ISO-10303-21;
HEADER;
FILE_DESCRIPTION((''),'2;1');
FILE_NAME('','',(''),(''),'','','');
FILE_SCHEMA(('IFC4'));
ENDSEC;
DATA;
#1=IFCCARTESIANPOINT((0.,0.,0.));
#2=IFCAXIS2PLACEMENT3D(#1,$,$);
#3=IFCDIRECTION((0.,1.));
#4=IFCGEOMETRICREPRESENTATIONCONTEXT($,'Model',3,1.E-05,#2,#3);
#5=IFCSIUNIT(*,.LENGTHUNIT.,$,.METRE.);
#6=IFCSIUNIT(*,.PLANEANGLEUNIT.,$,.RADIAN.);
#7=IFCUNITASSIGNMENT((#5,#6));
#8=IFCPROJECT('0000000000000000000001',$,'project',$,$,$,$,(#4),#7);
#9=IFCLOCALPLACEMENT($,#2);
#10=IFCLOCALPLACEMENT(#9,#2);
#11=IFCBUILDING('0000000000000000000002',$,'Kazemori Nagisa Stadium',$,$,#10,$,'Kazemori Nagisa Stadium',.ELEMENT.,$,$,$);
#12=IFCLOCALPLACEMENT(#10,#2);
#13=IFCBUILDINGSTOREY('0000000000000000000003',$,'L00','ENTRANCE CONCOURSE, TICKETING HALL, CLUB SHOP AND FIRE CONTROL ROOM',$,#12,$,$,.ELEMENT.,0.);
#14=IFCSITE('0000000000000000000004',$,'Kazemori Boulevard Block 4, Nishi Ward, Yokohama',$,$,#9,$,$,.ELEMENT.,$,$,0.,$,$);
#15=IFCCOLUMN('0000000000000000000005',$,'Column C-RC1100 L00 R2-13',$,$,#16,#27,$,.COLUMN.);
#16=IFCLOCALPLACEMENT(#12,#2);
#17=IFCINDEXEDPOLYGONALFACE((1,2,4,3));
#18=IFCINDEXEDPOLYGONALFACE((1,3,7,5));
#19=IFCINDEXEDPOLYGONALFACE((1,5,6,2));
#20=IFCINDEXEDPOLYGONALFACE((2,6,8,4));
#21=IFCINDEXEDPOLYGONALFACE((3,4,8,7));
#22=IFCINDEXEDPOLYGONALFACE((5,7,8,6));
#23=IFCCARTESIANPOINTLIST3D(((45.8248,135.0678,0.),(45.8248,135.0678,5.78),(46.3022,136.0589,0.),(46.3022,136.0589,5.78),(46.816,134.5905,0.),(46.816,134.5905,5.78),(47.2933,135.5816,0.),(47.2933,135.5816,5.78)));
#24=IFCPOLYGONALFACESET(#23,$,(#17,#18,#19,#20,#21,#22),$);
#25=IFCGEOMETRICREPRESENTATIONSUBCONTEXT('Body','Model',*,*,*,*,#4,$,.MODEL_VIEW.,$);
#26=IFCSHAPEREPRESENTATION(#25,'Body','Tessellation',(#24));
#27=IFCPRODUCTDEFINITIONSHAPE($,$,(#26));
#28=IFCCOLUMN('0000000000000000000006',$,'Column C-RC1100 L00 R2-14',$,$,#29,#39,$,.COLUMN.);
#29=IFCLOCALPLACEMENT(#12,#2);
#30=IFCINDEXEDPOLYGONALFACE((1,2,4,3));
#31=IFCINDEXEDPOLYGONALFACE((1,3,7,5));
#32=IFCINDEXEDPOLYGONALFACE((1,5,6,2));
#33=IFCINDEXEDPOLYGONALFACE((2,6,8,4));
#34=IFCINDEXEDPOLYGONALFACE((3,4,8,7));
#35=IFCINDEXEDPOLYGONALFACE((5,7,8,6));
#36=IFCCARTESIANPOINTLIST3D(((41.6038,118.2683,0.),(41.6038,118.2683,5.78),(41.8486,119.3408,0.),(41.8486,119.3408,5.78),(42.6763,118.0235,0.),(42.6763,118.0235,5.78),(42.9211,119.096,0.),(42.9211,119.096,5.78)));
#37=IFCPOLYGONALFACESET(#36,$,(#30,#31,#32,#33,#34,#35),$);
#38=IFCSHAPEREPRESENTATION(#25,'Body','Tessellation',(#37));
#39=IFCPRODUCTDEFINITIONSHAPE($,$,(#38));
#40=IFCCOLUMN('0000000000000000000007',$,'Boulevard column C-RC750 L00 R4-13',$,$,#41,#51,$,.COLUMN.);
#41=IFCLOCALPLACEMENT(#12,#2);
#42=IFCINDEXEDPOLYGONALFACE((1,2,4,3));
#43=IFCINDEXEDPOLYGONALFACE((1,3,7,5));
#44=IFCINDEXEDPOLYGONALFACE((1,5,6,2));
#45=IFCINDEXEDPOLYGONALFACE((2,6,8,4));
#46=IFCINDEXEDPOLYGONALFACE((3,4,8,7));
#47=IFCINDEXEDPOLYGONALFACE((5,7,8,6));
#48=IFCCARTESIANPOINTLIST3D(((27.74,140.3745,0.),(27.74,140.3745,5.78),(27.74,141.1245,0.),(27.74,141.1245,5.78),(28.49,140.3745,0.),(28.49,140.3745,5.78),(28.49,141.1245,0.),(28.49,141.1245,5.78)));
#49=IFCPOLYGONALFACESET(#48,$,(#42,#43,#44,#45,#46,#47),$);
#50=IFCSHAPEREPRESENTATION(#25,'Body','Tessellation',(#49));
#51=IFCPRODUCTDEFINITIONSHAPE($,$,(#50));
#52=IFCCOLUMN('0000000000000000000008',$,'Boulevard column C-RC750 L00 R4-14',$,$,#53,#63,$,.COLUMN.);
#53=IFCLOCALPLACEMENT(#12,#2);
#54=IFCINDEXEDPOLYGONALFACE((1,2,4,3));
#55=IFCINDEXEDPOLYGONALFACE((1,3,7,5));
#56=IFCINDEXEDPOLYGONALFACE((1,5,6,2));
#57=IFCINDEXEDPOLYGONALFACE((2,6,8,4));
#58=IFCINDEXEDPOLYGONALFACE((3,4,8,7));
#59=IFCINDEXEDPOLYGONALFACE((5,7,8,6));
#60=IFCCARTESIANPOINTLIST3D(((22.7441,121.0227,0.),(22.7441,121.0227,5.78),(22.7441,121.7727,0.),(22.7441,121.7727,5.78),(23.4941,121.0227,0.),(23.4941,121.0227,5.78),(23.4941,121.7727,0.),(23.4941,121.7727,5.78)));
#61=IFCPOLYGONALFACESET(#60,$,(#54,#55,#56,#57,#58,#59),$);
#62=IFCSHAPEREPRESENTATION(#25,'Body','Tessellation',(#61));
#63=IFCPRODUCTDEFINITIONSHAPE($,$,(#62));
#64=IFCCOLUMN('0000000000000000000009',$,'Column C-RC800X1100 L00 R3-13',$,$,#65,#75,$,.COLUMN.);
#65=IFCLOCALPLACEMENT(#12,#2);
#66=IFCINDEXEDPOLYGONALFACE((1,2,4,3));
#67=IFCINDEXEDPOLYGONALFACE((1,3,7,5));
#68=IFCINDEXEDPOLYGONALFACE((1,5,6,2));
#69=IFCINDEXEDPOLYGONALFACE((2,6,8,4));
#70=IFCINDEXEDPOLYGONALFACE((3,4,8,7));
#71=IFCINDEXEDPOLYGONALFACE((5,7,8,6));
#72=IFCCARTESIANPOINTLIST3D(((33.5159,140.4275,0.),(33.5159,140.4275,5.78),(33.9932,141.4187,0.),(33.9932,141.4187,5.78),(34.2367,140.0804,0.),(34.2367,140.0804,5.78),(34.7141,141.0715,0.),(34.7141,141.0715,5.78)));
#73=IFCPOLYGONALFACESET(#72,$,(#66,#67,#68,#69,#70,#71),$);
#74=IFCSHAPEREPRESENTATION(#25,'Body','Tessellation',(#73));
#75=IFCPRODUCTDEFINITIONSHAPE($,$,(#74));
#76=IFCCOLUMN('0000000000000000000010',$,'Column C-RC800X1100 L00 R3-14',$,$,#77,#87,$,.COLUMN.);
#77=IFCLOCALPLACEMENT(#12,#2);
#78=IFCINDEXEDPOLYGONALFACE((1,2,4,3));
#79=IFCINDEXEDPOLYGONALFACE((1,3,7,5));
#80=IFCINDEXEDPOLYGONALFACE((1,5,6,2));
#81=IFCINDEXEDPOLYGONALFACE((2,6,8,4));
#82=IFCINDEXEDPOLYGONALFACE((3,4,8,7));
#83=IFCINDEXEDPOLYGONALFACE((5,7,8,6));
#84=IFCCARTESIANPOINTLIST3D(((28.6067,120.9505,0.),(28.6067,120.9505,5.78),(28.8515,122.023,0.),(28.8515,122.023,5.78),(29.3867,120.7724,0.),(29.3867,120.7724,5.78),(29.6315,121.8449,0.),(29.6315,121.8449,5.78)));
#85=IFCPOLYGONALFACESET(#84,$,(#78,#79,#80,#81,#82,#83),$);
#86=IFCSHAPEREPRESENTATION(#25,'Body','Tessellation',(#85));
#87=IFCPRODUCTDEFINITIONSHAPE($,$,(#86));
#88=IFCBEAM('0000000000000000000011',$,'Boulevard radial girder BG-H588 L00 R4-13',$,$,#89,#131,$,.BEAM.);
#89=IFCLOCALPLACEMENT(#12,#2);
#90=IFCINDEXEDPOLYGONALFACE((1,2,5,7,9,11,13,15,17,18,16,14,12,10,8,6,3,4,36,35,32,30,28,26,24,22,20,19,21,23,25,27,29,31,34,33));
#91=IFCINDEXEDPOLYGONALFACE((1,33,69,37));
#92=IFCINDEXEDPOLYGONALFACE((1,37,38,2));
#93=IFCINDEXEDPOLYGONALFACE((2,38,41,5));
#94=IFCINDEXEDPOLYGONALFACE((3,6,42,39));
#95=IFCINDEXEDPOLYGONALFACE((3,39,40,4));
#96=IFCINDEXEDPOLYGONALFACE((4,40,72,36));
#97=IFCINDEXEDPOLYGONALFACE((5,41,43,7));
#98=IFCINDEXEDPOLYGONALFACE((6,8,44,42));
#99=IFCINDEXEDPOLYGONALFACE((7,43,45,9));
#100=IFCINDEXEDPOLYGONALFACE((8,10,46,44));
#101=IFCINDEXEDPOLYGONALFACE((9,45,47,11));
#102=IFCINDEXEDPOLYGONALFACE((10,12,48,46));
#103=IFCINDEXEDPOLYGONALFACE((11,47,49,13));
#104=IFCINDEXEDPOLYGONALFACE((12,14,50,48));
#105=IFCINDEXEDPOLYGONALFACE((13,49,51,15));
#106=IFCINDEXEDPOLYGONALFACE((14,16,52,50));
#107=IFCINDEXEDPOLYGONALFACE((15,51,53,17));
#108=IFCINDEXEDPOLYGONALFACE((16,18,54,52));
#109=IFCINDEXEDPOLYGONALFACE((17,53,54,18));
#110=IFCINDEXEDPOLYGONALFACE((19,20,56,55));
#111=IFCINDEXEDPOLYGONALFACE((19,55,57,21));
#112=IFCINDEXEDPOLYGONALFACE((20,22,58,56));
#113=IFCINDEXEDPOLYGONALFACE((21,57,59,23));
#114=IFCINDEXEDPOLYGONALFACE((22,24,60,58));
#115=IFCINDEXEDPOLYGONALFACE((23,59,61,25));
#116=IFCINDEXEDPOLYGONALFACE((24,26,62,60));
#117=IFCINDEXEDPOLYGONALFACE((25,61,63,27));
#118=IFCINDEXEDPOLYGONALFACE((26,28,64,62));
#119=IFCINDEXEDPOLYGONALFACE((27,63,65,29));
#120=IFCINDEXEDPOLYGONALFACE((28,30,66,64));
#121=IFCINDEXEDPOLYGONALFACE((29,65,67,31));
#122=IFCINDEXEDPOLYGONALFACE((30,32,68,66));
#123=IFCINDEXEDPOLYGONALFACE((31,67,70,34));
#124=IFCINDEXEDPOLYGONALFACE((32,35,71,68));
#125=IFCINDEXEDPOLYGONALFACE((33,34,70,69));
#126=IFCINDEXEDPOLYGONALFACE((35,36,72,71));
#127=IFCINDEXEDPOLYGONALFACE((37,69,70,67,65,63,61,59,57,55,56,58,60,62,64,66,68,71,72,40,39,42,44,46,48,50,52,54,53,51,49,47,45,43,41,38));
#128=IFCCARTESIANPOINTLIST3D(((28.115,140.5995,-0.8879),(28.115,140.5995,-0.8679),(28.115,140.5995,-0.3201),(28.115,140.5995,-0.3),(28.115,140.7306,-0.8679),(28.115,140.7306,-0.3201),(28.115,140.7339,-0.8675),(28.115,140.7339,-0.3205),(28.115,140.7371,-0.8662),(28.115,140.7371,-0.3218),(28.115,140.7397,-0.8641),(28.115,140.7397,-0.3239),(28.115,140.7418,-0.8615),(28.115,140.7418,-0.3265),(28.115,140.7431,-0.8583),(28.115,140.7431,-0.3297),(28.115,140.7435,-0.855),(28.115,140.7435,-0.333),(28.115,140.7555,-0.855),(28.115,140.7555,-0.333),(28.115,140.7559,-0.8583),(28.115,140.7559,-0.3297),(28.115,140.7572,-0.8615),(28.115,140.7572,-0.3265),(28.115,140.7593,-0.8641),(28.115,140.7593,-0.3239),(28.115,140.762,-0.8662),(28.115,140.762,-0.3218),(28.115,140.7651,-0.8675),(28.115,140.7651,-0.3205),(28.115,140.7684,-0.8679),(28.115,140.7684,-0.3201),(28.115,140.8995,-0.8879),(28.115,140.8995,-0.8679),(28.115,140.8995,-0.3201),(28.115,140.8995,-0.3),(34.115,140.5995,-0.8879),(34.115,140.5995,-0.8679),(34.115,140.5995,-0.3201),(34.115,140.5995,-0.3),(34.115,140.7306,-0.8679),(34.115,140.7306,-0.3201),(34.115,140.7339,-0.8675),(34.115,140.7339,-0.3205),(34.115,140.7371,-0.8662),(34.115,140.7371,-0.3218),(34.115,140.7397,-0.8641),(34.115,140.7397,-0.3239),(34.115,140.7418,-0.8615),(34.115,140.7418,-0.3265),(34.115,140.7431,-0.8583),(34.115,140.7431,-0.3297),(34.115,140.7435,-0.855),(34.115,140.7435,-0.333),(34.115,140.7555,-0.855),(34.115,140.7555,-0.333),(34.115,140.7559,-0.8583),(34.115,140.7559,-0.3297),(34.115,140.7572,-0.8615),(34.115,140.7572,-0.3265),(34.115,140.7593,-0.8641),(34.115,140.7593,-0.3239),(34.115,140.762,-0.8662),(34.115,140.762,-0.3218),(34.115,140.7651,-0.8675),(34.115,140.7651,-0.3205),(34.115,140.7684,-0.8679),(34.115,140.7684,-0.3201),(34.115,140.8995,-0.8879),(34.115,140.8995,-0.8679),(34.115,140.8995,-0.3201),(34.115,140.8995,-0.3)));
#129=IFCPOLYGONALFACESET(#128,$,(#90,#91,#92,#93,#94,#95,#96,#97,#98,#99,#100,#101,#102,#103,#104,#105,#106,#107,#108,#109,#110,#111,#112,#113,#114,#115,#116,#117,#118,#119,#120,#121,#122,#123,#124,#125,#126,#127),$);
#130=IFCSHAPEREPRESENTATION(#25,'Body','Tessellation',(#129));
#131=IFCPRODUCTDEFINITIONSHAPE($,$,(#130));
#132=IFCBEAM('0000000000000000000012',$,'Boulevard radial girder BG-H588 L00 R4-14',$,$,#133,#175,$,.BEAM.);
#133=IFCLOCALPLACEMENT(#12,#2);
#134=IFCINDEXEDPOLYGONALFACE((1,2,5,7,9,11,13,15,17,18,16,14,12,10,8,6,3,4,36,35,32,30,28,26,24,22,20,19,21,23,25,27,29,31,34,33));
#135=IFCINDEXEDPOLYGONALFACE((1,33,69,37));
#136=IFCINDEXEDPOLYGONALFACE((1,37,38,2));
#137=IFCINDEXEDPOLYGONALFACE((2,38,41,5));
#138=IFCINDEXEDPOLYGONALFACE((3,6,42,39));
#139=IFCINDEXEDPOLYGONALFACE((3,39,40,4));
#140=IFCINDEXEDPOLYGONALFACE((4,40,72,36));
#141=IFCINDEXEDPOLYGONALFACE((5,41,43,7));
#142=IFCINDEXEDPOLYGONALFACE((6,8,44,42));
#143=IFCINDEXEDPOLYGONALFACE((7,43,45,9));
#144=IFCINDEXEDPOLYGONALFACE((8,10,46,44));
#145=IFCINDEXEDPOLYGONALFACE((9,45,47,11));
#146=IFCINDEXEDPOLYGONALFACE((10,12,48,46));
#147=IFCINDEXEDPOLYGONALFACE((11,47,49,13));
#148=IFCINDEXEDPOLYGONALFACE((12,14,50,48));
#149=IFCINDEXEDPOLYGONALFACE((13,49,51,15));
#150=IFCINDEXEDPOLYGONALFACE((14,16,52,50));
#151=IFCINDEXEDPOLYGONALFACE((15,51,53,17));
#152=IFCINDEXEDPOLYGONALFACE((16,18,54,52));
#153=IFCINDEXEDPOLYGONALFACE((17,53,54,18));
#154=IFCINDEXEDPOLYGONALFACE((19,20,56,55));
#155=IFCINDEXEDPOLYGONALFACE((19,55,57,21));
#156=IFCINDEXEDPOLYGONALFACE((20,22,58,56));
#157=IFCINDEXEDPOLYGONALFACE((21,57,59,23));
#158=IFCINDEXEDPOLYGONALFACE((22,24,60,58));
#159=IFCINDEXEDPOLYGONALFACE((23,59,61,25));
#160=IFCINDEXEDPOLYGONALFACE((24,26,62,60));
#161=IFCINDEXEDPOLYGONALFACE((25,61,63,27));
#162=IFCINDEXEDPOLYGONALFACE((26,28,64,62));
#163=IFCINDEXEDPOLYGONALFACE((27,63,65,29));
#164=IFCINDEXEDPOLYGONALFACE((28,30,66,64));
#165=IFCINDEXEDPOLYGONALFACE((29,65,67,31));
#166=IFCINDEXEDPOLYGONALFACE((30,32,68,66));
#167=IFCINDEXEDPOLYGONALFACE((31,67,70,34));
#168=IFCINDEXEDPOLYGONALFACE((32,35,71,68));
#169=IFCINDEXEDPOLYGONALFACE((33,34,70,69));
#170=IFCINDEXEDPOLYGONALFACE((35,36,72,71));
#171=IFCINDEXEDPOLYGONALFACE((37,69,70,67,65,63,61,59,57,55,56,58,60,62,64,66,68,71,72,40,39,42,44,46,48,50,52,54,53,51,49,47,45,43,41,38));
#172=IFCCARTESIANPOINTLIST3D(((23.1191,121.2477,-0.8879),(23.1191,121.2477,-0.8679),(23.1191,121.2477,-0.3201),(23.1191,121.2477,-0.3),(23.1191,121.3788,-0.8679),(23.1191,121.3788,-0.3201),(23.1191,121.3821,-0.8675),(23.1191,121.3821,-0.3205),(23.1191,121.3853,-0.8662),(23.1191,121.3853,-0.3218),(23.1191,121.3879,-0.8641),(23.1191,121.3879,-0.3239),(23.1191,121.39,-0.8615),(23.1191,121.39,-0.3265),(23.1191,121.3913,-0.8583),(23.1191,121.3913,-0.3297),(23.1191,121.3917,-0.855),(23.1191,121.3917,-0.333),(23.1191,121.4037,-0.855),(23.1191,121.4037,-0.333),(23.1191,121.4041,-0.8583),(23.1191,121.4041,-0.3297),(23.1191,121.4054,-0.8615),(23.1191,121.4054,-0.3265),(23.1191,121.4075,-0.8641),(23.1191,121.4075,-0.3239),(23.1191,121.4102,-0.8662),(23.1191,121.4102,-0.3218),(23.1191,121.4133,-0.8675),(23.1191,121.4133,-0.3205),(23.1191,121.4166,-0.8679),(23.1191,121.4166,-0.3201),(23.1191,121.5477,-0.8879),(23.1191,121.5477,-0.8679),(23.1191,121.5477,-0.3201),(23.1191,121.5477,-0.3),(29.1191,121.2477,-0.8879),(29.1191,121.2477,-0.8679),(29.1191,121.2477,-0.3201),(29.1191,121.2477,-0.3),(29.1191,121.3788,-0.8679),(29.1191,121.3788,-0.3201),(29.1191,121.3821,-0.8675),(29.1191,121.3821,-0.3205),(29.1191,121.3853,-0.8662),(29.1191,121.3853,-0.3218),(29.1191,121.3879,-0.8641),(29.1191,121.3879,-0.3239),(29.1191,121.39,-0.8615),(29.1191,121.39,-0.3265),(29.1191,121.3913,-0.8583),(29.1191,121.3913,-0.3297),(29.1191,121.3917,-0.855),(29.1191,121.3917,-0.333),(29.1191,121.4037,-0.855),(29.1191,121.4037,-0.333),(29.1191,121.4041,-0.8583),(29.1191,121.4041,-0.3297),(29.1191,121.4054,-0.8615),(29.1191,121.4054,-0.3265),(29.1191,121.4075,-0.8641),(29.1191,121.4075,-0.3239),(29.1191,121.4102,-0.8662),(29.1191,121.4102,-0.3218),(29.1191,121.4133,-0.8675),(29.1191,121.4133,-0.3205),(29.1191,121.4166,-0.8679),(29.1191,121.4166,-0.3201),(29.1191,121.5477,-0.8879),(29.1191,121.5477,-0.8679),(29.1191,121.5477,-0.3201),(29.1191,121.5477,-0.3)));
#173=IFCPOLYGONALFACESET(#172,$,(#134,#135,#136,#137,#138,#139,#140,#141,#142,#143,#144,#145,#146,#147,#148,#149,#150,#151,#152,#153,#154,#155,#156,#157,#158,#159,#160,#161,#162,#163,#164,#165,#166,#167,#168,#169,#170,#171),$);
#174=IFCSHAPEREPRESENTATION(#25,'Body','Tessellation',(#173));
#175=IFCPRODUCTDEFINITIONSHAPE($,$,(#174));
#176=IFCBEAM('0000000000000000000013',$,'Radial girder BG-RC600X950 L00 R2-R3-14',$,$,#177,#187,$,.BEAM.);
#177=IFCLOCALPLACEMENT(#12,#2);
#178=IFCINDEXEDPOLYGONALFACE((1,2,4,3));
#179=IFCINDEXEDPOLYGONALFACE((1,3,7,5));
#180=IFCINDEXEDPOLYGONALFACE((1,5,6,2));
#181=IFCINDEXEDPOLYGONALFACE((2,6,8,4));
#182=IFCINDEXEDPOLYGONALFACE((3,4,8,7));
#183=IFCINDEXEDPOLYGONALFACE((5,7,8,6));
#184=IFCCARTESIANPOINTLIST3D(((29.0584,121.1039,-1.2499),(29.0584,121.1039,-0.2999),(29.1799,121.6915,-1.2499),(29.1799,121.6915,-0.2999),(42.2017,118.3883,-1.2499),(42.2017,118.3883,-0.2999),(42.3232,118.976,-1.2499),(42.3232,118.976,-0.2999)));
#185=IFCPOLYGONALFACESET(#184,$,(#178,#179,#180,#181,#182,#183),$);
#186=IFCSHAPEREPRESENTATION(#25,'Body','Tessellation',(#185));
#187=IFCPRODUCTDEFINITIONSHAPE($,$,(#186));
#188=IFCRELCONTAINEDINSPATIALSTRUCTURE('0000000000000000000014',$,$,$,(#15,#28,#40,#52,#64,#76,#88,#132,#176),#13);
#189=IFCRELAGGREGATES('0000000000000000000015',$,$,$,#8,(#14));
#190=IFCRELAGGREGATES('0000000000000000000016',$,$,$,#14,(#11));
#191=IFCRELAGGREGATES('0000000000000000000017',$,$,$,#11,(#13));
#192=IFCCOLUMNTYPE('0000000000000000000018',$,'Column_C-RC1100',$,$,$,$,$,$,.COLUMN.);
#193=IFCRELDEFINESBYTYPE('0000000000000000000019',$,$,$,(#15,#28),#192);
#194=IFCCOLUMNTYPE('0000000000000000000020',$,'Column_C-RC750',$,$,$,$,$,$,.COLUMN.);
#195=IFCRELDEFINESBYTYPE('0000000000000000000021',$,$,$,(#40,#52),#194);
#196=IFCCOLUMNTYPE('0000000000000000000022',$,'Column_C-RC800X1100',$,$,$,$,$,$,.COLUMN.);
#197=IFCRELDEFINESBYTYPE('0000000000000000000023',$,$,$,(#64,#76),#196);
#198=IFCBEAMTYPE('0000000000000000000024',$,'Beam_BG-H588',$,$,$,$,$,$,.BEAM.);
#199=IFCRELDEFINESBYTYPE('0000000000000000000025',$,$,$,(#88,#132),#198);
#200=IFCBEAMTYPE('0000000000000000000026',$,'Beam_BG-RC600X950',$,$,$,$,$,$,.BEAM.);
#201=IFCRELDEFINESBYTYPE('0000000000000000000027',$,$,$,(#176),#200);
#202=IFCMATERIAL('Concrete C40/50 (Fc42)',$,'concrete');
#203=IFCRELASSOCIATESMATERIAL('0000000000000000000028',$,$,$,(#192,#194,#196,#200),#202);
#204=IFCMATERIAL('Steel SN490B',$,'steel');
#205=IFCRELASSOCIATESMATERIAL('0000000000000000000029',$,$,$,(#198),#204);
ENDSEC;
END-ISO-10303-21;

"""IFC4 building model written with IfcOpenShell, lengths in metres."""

from ifc_helpers import new_model, si_unit, direction, frame, origin, origin_2d, place, context, subcontext, project, spatial, rectangle, i_section, extrude, material, material_profile, profile_set, type_object, element, save


model = new_model("IFC4")

# Units and contexts
model_context = context("Model", 3, precision=1e-05, world=origin(), true_north=direction((0.0, 1.0)))
body_context = subcontext(model_context, "Body", "Model", "MODEL_VIEW")
ifc_project = project(units=[si_unit("LENGTHUNIT", "METRE"), si_unit("PLANEANGLEUNIT", "RADIAN")], contexts=[model_context])

# Site, building, storey
site_placement = place(None, origin())
site = spatial("IfcSite", under=ifc_project, at=site_placement, Name="Kazemori Boulevard Block 4, Nishi Ward, Yokohama", CompositionType="ELEMENT", RefElevation=0.0)
building_placement = place(site_placement, origin())
building = spatial("IfcBuilding", under=site, at=building_placement, Name="Kazemori Nagisa Stadium", LongName="Kazemori Nagisa Stadium", CompositionType="ELEMENT")
storey_placement = place(building_placement, origin())
storey = spatial("IfcBuildingStorey", under=building, at=storey_placement, Name="L00", Description="ENTRANCE CONCOURSE, TICKETING HALL, CLUB SHOP AND FIRE CONTROL ROOM", CompositionType="ELEMENT", Elevation=0.0)

# Columns
ifc_material_1 = material(Name="Concrete C40/50 (Fc42)", Category="concrete")
ifc_material_profile_1 = material_profile(ifc_material_1, rectangle(XDim=1.1001, YDim=1.1001, at=origin_2d()), Name="RC-COL-1100x1100")
ifc_profile_set_1 = profile_set([ifc_material_profile_1], Name="Concrete C40/50 (Fc42)")
column_type_1 = type_object("IfcColumnType", Name="Column_C-RC1100", PredefinedType="COLUMN", material=ifc_profile_set_1)
for number, where, z_axis, x_axis, name in (
    (1, (46.5591, 135.3247, 0.0), (0.0, 0.0, 1.0), (-0.900969, 0.433884, 0.0), "Column C-RC1100 L00 R2-13"),
    (2, (42.2625, 118.6821, 0.0), (0.0, 0.0, 1.0), (-0.974928, 0.222521, 0.0), "Column C-RC1100 L00 R2-14"),
):
    element("IfcColumn", number, at=place(storey_placement, frame(where, z_axis=z_axis, x_axis=x_axis)), inside=storey, type_object=column_type_1, Name=name, PredefinedType="COLUMN", context=body_context, shape_type="SweptSolid", body=[
        extrude(rectangle(XDim=1.1001, YDim=1.1001, at=origin_2d()), origin(), (0.0, 0.0, 1.0), 5.78),
    ])
ifc_material_profile_2 = material_profile(ifc_material_1, rectangle(XDim=0.75, YDim=0.75, at=origin_2d()), Name="RC-COL-750x750")
ifc_profile_set_2 = profile_set([ifc_material_profile_2], Name="Concrete C40/50 (Fc42)")
column_type_2 = type_object("IfcColumnType", Name="Column_C-RC750", PredefinedType="COLUMN", material=ifc_profile_set_2)
for number, where, z_axis, x_axis, name in (
    (3, (28.115, 140.7495, 0.0), (0.0, 0.0, 1.0), (1.0, 0.0, 0.0), "Boulevard column C-RC750 L00 R4-13"),
    (4, (23.1191, 121.3977, 0.0), (0.0, 0.0, 1.0), (1.0, 0.0, 0.0), "Boulevard column C-RC750 L00 R4-14"),
):
    element("IfcColumn", number, at=place(storey_placement, frame(where, z_axis=z_axis, x_axis=x_axis)), inside=storey, type_object=column_type_2, Name=name, PredefinedType="COLUMN", context=body_context, shape_type="SweptSolid", body=[
        extrude(rectangle(XDim=0.75, YDim=0.75, at=origin_2d()), origin(), (0.0, 0.0, 1.0), 5.78),
    ])
ifc_material_profile_3 = material_profile(ifc_material_1, rectangle(XDim=0.8, YDim=1.1001, at=origin_2d()), Name="RC-COL-800x1100")
ifc_profile_set_3 = profile_set([ifc_material_profile_3], Name="Concrete C40/50 (Fc42)")
column_type_3 = type_object("IfcColumnType", Name="Column_C-RC800X1100", PredefinedType="COLUMN", material=ifc_profile_set_3)
for number, where, z_axis, x_axis, name in (
    (5, (34.115, 140.7495, 0.0), (0.0, 0.0, 1.0), (-0.900969, 0.433884, 0.0), "Column C-RC800X1100 L00 R3-13"),
    (6, (29.1191, 121.3977, 0.0), (0.0, 0.0, 1.0), (-0.974928, 0.222521, 0.0), "Column C-RC800X1100 L00 R3-14"),
):
    element("IfcColumn", number, at=place(storey_placement, frame(where, z_axis=z_axis, x_axis=x_axis)), inside=storey, type_object=column_type_3, Name=name, PredefinedType="COLUMN", context=body_context, shape_type="SweptSolid", body=[
        extrude(rectangle(XDim=0.8, YDim=1.1001, at=origin_2d()), origin(), (0.0, 0.0, 1.0), 5.78),
    ])

# Beams
ifc_material_2 = material(Name="Steel SN490B", Category="steel")
ifc_material_profile_4 = material_profile(ifc_material_2, i_section(OverallWidth=0.3, OverallDepth=0.5879, WebThickness=0.012, FlangeThickness=0.02, FilletRadius=0.0129, at=origin_2d()), Name="H-588x300x12x20")
ifc_profile_set_4 = profile_set([ifc_material_profile_4], Name="Steel SN490B")
beam_type_1 = type_object("IfcBeamType", Name="Beam_BG-H588", PredefinedType="BEAM", material=ifc_profile_set_4)
for number, where, z_axis, x_axis, name in (
    (7, (34.115, 140.7495, -0.594), (-1.0, 0.0, 0.0), (0.0, -1.0, 0.0), "Boulevard radial girder BG-H588 L00 R4-13"),
    (8, (29.1191, 121.3977, -0.594), (-1.0, 0.0, 0.0), (0.0, -1.0, 0.0), "Boulevard radial girder BG-H588 L00 R4-14"),
):
    element("IfcBeam", number, at=place(storey_placement, frame(where, z_axis=z_axis, x_axis=x_axis)), inside=storey, type_object=beam_type_1, Name=name, PredefinedType="BEAM", context=body_context, shape_type="SweptSolid", body=[
        extrude(i_section(OverallWidth=0.3, OverallDepth=0.5879, WebThickness=0.012, FlangeThickness=0.02, FilletRadius=0.0129, at=origin_2d()), origin(), (0.0, 0.0, 1.0), 6.0),
    ])
ifc_material_profile_5 = material_profile(ifc_material_1, rectangle(XDim=0.6001, YDim=0.95, at=origin_2d()), Name="RC-BM-600x950")
ifc_profile_set_5 = profile_set([ifc_material_profile_5], Name="Concrete C40/50 (Fc42)")
beam_type_2 = type_object("IfcBeamType", Name="Beam_BG-RC600X950", PredefinedType="BEAM", material=ifc_profile_set_5)
beam_1_placement = place(storey_placement, frame((42.2625, 118.6821, -0.7749), z_axis=(-0.979316, 0.202339, 0.0), x_axis=(-0.202339, -0.979316, 0.0)))
element("IfcBeam", 9, at=beam_1_placement, inside=storey, type_object=beam_type_2, Name="Radial girder BG-RC600X950 L00 R2-R3-14", PredefinedType="BEAM", context=body_context, shape_type="SweptSolid", body=[
    extrude(rectangle(XDim=0.6001, YDim=0.95, at=origin_2d()), origin(), (0.0, 0.0, 1.0), 13.4209),
])

save(model, "model.ifc")
